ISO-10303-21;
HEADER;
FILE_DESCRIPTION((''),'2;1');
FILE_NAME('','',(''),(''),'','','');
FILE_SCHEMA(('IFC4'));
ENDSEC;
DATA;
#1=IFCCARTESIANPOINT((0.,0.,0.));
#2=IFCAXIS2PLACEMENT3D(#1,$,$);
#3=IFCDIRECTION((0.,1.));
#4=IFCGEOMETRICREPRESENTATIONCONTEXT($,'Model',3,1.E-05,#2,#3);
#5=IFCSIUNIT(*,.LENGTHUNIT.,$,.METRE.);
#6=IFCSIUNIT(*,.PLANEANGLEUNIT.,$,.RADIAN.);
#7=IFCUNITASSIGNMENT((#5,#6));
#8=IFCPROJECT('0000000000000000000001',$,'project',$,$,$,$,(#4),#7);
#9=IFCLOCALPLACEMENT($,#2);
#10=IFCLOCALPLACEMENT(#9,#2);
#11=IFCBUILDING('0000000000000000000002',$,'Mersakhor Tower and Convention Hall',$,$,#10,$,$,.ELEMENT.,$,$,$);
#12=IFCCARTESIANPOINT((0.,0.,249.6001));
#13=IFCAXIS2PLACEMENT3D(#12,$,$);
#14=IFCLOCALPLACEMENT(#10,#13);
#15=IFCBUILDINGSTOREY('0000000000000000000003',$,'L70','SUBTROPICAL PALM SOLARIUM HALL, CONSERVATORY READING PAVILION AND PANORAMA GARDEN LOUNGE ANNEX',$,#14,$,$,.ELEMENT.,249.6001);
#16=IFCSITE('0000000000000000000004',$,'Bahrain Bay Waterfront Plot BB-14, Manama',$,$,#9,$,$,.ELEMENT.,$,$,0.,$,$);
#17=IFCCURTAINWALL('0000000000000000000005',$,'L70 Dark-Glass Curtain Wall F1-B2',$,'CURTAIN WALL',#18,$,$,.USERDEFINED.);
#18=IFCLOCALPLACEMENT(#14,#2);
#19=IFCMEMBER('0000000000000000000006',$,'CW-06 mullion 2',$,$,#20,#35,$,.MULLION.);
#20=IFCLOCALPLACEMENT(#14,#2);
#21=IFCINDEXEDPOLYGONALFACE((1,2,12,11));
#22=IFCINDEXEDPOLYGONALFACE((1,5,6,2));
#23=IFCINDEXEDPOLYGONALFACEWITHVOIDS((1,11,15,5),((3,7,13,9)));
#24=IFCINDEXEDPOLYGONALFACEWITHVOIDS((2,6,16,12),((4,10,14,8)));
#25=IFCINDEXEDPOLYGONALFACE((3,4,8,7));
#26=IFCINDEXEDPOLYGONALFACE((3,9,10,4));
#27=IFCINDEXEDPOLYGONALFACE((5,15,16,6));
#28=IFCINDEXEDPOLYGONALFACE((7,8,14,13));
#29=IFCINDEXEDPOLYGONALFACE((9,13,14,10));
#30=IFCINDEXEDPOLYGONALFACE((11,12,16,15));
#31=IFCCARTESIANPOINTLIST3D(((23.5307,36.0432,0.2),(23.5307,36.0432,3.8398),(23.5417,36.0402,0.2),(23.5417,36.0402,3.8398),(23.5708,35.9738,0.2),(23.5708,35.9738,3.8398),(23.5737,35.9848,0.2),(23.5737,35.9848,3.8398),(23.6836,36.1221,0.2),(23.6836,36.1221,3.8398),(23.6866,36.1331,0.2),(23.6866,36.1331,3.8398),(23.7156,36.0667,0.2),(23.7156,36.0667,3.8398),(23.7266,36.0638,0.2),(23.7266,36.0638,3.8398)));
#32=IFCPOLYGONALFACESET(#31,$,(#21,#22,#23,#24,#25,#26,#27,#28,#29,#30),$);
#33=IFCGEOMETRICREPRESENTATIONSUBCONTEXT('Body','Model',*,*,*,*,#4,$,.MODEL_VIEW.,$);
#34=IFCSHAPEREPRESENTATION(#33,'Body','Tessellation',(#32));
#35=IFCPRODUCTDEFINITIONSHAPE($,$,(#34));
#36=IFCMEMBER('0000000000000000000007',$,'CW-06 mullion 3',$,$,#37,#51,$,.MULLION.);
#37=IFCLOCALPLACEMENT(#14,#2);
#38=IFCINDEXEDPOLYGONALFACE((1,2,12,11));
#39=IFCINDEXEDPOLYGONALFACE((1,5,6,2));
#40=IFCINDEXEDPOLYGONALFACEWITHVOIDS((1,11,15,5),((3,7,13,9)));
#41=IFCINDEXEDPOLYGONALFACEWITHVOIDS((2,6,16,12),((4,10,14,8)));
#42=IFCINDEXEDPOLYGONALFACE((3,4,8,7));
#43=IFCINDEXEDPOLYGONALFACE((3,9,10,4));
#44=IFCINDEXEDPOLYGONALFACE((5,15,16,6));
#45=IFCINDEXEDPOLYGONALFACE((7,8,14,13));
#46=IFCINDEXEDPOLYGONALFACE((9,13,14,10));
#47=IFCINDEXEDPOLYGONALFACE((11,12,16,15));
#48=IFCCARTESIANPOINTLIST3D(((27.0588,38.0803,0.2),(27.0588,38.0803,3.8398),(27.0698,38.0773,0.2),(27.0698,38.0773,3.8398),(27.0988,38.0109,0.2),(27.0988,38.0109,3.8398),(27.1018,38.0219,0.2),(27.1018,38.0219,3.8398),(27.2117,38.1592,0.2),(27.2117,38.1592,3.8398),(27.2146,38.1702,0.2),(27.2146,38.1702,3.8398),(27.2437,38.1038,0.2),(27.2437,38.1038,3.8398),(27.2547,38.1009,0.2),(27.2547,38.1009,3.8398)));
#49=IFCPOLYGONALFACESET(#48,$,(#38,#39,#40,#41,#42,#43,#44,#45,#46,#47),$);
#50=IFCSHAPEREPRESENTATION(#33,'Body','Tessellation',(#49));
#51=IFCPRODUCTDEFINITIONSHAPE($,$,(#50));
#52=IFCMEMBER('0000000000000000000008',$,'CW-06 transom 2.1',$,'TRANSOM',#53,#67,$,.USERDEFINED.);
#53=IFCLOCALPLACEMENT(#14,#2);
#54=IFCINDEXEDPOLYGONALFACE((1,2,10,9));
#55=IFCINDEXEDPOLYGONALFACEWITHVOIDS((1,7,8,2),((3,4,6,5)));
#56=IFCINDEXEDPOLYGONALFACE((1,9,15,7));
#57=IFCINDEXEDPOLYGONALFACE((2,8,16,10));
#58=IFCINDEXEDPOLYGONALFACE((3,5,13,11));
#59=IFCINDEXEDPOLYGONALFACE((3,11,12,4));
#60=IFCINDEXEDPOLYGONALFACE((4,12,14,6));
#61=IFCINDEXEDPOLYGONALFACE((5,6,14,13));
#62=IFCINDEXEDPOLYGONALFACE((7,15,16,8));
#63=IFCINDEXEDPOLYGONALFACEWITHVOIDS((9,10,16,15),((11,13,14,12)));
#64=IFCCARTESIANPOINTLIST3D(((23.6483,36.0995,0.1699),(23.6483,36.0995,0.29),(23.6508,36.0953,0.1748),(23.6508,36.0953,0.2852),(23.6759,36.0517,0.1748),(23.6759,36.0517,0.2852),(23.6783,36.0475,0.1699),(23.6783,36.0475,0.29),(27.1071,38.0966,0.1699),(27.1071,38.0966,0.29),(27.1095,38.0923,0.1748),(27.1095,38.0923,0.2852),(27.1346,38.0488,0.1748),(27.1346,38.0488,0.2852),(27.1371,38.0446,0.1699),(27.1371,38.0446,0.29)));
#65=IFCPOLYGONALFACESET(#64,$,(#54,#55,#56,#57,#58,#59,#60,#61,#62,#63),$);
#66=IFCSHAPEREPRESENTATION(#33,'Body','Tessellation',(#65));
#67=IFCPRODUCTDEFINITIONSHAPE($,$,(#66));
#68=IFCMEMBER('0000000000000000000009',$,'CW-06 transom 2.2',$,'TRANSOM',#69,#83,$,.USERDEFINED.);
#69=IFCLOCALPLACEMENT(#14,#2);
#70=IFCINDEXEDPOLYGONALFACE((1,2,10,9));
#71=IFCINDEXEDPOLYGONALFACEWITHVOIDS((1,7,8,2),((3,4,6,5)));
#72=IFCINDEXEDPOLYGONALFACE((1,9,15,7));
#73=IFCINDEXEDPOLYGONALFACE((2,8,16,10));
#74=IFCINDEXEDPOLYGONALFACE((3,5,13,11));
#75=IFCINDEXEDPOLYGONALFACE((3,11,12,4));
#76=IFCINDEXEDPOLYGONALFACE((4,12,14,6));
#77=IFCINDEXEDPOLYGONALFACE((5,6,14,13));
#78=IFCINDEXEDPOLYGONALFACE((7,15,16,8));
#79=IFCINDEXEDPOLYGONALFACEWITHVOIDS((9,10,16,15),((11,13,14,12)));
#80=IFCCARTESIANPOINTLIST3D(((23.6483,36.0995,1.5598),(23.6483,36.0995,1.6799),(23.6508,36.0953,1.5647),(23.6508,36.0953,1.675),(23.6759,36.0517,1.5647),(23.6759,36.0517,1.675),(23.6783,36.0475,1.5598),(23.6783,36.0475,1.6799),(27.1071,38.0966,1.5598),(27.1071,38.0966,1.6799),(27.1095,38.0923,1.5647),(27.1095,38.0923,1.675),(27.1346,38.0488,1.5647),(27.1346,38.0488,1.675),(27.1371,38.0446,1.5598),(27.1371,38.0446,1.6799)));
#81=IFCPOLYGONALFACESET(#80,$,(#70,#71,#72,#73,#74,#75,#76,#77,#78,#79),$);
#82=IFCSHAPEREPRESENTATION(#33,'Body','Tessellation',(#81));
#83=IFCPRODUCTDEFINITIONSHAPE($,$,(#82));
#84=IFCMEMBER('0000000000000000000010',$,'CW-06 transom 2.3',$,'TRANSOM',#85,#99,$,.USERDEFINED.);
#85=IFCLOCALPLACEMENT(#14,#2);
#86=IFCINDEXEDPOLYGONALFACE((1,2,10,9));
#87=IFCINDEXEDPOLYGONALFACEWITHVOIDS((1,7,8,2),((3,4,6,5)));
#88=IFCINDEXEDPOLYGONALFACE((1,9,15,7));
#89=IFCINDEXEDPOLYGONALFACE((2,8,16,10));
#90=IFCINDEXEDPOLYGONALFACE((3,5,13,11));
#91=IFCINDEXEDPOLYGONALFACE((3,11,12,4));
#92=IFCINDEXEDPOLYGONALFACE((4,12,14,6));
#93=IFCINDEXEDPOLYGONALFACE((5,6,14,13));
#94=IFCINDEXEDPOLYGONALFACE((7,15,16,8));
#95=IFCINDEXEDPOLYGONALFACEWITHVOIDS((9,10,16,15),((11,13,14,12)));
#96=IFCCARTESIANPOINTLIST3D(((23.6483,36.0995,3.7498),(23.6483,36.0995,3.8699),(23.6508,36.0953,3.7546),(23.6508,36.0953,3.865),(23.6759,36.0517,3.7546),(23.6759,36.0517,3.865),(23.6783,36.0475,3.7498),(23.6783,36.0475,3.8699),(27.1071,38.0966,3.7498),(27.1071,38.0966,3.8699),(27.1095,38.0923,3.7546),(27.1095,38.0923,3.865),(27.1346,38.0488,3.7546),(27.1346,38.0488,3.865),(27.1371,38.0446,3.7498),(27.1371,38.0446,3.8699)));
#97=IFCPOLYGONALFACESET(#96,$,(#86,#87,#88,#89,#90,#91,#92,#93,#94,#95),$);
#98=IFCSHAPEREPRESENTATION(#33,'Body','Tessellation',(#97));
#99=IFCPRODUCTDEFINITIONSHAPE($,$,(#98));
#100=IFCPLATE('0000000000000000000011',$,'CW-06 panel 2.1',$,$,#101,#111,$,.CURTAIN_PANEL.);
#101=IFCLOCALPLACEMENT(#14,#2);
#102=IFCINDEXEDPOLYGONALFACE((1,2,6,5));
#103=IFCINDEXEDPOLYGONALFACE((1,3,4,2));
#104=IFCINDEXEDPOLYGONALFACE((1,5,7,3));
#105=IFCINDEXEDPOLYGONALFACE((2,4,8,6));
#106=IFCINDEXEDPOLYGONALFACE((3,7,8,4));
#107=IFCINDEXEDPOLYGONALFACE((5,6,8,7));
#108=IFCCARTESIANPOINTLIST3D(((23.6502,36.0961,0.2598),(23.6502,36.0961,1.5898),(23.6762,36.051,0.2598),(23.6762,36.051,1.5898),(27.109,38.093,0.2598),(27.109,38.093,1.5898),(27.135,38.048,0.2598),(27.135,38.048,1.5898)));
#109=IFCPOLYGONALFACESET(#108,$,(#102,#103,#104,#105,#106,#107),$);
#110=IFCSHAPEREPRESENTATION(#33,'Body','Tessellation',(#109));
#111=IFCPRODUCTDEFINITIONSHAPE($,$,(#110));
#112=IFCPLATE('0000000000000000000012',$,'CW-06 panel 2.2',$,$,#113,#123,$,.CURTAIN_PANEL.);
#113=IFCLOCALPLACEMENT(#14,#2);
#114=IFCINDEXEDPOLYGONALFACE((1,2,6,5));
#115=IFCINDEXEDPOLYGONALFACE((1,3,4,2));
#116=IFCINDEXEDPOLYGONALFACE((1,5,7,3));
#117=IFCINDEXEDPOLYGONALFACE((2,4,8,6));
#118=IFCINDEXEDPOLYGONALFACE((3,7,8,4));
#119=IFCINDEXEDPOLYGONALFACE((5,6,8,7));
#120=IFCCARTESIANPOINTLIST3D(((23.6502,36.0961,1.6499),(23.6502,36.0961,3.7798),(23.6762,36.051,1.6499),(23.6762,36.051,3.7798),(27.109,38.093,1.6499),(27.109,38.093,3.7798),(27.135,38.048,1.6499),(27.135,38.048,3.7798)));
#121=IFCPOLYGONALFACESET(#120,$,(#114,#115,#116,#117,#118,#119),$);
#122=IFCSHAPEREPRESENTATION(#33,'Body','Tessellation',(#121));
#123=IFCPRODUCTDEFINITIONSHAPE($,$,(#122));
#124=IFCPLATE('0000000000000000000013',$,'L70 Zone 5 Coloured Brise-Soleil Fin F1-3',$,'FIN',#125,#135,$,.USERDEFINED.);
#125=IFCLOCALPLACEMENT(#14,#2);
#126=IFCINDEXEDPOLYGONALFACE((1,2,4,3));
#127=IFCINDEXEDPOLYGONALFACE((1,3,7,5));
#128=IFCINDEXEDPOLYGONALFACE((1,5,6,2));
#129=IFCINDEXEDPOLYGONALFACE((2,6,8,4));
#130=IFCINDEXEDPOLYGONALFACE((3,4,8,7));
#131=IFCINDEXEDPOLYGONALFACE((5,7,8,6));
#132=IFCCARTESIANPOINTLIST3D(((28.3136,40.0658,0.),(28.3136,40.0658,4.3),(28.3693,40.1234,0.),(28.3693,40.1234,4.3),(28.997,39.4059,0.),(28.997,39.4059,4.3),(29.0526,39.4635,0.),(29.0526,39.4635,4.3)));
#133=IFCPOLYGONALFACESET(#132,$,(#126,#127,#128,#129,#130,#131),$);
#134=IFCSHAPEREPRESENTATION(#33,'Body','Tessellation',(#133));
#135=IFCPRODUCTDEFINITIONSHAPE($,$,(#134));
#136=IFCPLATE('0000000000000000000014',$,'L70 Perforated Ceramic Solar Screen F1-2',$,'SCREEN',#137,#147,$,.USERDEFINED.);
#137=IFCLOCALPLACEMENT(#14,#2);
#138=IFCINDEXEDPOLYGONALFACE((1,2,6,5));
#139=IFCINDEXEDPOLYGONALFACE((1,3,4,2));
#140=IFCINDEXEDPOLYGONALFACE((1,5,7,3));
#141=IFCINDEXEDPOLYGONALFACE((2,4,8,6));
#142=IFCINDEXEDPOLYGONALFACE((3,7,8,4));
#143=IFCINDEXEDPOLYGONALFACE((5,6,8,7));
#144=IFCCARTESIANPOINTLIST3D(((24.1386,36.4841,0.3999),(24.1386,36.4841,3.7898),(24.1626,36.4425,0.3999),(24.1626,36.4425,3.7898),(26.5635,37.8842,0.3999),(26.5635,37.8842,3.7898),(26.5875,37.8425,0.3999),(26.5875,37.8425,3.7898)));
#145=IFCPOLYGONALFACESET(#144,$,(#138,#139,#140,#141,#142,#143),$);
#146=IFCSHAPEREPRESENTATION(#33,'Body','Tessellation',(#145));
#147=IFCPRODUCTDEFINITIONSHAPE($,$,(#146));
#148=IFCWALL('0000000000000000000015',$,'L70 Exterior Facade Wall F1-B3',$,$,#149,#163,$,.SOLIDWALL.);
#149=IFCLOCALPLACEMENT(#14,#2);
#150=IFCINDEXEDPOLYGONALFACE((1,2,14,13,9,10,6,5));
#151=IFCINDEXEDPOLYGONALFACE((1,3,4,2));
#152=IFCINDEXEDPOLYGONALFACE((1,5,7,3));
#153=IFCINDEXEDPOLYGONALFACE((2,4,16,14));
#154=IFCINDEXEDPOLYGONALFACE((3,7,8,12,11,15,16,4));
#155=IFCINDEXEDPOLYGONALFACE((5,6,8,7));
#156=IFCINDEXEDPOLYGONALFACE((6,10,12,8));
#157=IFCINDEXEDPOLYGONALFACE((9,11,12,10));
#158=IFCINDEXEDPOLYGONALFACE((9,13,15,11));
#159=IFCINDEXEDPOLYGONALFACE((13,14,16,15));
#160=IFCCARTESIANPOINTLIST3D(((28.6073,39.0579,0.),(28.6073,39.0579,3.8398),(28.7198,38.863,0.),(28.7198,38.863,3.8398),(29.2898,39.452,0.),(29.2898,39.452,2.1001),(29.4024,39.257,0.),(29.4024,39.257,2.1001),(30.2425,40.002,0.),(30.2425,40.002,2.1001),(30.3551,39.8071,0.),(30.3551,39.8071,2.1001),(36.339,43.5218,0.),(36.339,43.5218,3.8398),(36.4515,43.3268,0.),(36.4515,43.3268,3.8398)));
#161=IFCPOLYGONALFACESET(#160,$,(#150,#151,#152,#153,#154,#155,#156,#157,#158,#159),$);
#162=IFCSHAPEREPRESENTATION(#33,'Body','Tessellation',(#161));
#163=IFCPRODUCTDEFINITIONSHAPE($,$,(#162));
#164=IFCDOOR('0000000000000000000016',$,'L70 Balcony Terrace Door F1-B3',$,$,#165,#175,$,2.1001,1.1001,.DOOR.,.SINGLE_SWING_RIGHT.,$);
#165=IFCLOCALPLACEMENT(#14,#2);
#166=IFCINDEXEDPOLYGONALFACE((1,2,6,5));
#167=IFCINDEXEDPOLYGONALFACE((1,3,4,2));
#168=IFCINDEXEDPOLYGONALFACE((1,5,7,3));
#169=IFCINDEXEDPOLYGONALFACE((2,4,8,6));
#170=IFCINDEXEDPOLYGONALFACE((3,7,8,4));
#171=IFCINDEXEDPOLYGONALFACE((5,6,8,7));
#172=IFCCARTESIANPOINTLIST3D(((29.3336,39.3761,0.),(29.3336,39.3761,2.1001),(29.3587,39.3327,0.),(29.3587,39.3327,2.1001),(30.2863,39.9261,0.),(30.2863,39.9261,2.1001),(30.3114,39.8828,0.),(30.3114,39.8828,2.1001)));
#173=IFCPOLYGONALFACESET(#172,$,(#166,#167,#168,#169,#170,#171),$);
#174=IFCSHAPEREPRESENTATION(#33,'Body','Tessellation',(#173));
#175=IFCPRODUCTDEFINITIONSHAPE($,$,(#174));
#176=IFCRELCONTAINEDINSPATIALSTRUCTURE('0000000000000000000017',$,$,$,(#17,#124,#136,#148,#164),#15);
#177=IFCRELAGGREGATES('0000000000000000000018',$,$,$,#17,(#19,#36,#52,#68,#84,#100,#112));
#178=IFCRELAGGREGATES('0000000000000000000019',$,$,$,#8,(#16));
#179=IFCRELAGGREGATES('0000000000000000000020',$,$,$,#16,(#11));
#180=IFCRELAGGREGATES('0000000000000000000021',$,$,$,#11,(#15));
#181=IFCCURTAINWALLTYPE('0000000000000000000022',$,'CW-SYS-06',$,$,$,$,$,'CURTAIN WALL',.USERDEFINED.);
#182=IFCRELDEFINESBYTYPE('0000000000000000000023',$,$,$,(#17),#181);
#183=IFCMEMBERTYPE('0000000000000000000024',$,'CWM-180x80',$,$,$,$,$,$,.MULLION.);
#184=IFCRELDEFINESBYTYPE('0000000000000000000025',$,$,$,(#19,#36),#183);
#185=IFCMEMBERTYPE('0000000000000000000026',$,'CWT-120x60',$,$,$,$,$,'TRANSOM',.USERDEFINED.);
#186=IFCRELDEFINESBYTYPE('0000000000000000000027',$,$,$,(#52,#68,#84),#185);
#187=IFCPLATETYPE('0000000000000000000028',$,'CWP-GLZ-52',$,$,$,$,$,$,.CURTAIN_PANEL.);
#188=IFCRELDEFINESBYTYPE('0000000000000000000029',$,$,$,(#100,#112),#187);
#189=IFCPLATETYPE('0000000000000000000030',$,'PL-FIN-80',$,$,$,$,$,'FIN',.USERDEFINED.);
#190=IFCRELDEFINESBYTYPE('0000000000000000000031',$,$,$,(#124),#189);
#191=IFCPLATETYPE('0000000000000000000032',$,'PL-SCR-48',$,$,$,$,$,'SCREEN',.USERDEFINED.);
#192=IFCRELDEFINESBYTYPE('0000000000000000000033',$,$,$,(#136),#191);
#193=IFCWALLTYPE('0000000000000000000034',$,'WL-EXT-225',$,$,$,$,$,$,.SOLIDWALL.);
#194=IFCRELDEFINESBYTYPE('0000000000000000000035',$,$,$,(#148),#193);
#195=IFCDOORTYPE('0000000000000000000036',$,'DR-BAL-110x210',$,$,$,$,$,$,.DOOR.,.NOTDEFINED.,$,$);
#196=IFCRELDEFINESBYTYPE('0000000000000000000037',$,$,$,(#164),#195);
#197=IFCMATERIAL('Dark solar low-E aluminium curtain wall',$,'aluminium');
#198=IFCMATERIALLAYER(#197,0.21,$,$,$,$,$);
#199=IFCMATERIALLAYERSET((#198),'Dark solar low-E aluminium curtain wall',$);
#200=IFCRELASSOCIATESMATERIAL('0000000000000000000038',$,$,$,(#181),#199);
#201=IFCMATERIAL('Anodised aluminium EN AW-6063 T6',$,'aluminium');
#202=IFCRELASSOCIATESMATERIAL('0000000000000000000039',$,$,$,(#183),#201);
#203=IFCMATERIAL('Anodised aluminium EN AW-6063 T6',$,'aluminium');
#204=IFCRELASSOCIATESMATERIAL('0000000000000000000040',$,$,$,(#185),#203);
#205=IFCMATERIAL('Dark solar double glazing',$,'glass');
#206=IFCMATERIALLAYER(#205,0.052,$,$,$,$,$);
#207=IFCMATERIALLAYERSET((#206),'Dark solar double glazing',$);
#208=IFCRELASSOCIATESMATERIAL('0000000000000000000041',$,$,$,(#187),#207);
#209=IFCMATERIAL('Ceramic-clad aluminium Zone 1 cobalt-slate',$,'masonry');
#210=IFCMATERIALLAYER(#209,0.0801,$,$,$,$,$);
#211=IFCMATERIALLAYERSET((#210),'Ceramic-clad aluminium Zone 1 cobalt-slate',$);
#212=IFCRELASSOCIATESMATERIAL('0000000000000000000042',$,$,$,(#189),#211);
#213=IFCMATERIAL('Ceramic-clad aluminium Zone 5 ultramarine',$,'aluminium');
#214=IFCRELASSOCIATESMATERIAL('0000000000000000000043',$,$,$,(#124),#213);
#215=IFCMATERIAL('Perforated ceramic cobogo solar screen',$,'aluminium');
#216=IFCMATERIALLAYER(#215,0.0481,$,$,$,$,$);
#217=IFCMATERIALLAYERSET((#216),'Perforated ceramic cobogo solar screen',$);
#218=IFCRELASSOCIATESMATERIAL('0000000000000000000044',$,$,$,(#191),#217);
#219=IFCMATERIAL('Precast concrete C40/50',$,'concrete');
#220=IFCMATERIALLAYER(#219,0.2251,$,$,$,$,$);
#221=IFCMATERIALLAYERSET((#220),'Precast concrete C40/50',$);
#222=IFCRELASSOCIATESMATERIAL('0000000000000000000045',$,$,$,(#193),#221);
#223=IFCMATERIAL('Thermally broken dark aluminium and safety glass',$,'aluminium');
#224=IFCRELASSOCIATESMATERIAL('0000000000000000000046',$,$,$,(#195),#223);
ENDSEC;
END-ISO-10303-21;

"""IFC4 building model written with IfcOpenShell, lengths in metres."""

from ifc_helpers import new_model, si_unit, direction, frame, frame_2d, origin, origin_2d, place, context, subcontext, project, spatial, rectangle, hollow_rectangle, extrude, material, layer, layer_set, material_profile, profile_set, type_object, element, fill, aggregate, save


model = new_model("IFC4")

# Units and contexts
model_context = context("Model", 3, precision=1e-05, world=origin(), true_north=direction((0.0, 1.0)))
body_context = subcontext(model_context, "Body", "Model", "MODEL_VIEW")
ifc_project = project(units=[si_unit("LENGTHUNIT", "METRE"), si_unit("PLANEANGLEUNIT", "RADIAN")], contexts=[model_context])

# Site, building, storey
site_placement = place(None, origin())
site = spatial("IfcSite", under=ifc_project, at=site_placement, Name="Bahrain Bay Waterfront Plot BB-14, Manama", CompositionType="ELEMENT", RefElevation=0.0)
building_placement = place(site_placement, origin())
building = spatial("IfcBuilding", under=site, at=building_placement, Name="Mersakhor Tower and Convention Hall", CompositionType="ELEMENT")
storey_placement = place(building_placement, frame((0.0, 0.0, 249.6001)))
storey = spatial("IfcBuildingStorey", under=building, at=storey_placement, Name="L70", Description="SUBTROPICAL PALM SOLARIUM HALL, CONSERVATORY READING PAVILION AND PANORAMA GARDEN LOUNGE ANNEX", CompositionType="ELEMENT", Elevation=249.6001)

# Curtain wall, members, plates
ifc_material_1 = material(Name="Dark solar low-E aluminium curtain wall", Category="aluminium")
ifc_layer_1 = layer(ifc_material_1, 0.21)
ifc_layer_set_1 = layer_set([ifc_layer_1], Name="Dark solar low-E aluminium curtain wall")
curtain_wall_type = type_object("IfcCurtainWallType", Name="CW-SYS-06", ElementType="CURTAIN WALL", PredefinedType="USERDEFINED", material=ifc_layer_set_1)
curtain_wall_placement = place(storey_placement, origin())
curtain_wall = element("IfcCurtainWall", 1, at=curtain_wall_placement, inside=storey, type_object=curtain_wall_type, Name="L70 Dark-Glass Curtain Wall F1-B2", ObjectType="CURTAIN WALL", PredefinedType="USERDEFINED")
ifc_material_2 = material(Name="Anodised aluminium EN AW-6063 T6", Category="aluminium")
ifc_material_profile_1 = material_profile(ifc_material_2, hollow_rectangle(XDim=0.0801, YDim=0.1799, WallThickness=0.0081, at=origin_2d()), Name="RHS 180x80x8")
ifc_profile_set_1 = profile_set([ifc_material_profile_1], Name="Anodised aluminium EN AW-6063 T6")
member_type_1 = type_object("IfcMemberType", Name="CWM-180x80", PredefinedType="MULLION", material=ifc_profile_set_1)
member_1_placement = place(storey_placement, frame((23.6287, 36.0535, 0.2), z_axis=(0.0, 0.0, 1.0), x_axis=(-0.500004, 0.866023, 0.0)))
member_1 = element("IfcMember", 2, at=member_1_placement, type_object=member_type_1, Name="CW-06 mullion 2", PredefinedType="MULLION", context=body_context, shape_type="SweptSolid", body=[
    extrude(hollow_rectangle(XDim=0.0801, YDim=0.1799, WallThickness=0.0081, at=origin_2d()), origin(), (0.0, 0.0, 1.0), 3.6399),
])
member_2_placement = place(storey_placement, frame((27.1567, 38.0906, 0.2), z_axis=(0.0, 0.0, 1.0), x_axis=(-0.500004, 0.866023, 0.0)))
member_2 = element("IfcMember", 3, at=member_2_placement, type_object=member_type_1, Name="CW-06 mullion 3", PredefinedType="MULLION", context=body_context, shape_type="SweptSolid", body=[
    extrude(hollow_rectangle(XDim=0.0801, YDim=0.1799, WallThickness=0.0081, at=origin_2d()), origin(), (0.0, 0.0, 1.0), 3.6399),
])
ifc_material_3 = material(Name="Anodised aluminium EN AW-6063 T6", Category="aluminium")
ifc_material_profile_2 = material_profile(ifc_material_3, hollow_rectangle(XDim=0.0601, YDim=0.1201, WallThickness=0.0049, at=origin_2d()), Name="RHS 120x60x5")
ifc_profile_set_2 = profile_set([ifc_material_profile_2], Name="Anodised aluminium EN AW-6063 T6")
member_type_2 = type_object("IfcMemberType", Name="CWT-120x60", ElementType="TRANSOM", PredefinedType="USERDEFINED", material=ifc_profile_set_2)
member_3_placement = place(storey_placement, frame((23.6633, 36.0735, 0.23), z_axis=(0.866007, 0.500031, 0.0), x_axis=(-0.500031, 0.866007, 0.0)))
member_3 = element("IfcMember", 4, at=member_3_placement, type_object=member_type_2, Name="CW-06 transom 2.1", ObjectType="TRANSOM", PredefinedType="USERDEFINED", context=body_context, shape_type="SweptSolid", body=[
    extrude(hollow_rectangle(XDim=0.0601, YDim=0.1201, WallThickness=0.0049, at=origin_2d()), origin(), (0.0, 0.0, 1.0), 3.9939),
])
member_4_placement = place(storey_placement, frame((23.6633, 36.0735, 1.6199), z_axis=(0.866007, 0.500031, 0.0), x_axis=(-0.500031, 0.866007, 0.0)))
member_4 = element("IfcMember", 5, at=member_4_placement, type_object=member_type_2, Name="CW-06 transom 2.2", ObjectType="TRANSOM", PredefinedType="USERDEFINED", context=body_context, shape_type="SweptSolid", body=[
    extrude(hollow_rectangle(XDim=0.0601, YDim=0.1201, WallThickness=0.0049, at=origin_2d()), origin(), (0.0, 0.0, 1.0), 3.9939),
])
member_5_placement = place(storey_placement, frame((23.6633, 36.0735, 3.8098), z_axis=(0.866007, 0.500031, 0.0), x_axis=(-0.500031, 0.866007, 0.0)))
member_5 = element("IfcMember", 6, at=member_5_placement, type_object=member_type_2, Name="CW-06 transom 2.3", ObjectType="TRANSOM", PredefinedType="USERDEFINED", context=body_context, shape_type="SweptSolid", body=[
    extrude(hollow_rectangle(XDim=0.0601, YDim=0.1201, WallThickness=0.0049, at=origin_2d()), origin(), (0.0, 0.0, 1.0), 3.9939),
])
ifc_material_4 = material(Name="Dark solar double glazing", Category="glass")
ifc_layer_2 = layer(ifc_material_4, 0.052)
ifc_layer_set_2 = layer_set([ifc_layer_2], Name="Dark solar double glazing")
plate_type_1 = type_object("IfcPlateType", Name="CWP-GLZ-52", PredefinedType="CURTAIN_PANEL", material=ifc_layer_set_2)
plate_1_placement = place(storey_placement, frame((25.3926, 37.072, 0.2598), z_axis=(0.0, 0.0, 1.0), x_axis=(0.866023, 0.500004, 0.0)))
plate_1 = element("IfcPlate", 7, at=plate_1_placement, type_object=plate_type_1, Name="CW-06 panel 2.1", PredefinedType="CURTAIN_PANEL", context=body_context, shape_type="SweptSolid", body=[
    extrude(rectangle(XDim=3.9939, YDim=0.052, at=origin_2d()), origin(), (0.0, 0.0, 1.0), 1.3301),
])
plate_2_placement = place(storey_placement, frame((25.3926, 37.072, 1.6499), z_axis=(0.0, 0.0, 1.0), x_axis=(0.866023, 0.500004, 0.0)))
plate_2 = element("IfcPlate", 8, at=plate_2_placement, type_object=plate_type_1, Name="CW-06 panel 2.2", PredefinedType="CURTAIN_PANEL", context=body_context, shape_type="SweptSolid", body=[
    extrude(rectangle(XDim=3.9939, YDim=0.052, at=origin_2d()), origin(), (0.0, 0.0, 1.0), 2.1299),
])
aggregate(curtain_wall, [member_1, member_2, member_3, member_4, member_5, plate_1, plate_2])

# Plates
ifc_material_5 = material(Name="Ceramic-clad aluminium Zone 5 ultramarine", Category="aluminium")
ifc_material_6 = material(Name="Ceramic-clad aluminium Zone 1 cobalt-slate", Category="masonry")
ifc_layer_3 = layer(ifc_material_6, 0.0801)
ifc_layer_set_3 = layer_set([ifc_layer_3], Name="Ceramic-clad aluminium Zone 1 cobalt-slate")
plate_type_2 = type_object("IfcPlateType", Name="PL-FIN-80", ElementType="FIN", PredefinedType="USERDEFINED", material=ifc_layer_set_3)
plate_3_placement = place(storey_placement, frame((28.6831, 39.7646, 0.0), z_axis=(0.0, 0.0, 1.0), x_axis=(-0.71934, 0.694658, 0.0)))
element("IfcPlate", 9, at=plate_3_placement, inside=storey, type_object=plate_type_2, material=ifc_material_5, Name="L70 Zone 5 Coloured Brise-Soleil Fin F1-3", ObjectType="FIN", PredefinedType="USERDEFINED", context=body_context, shape_type="SweptSolid", body=[
    extrude(rectangle(XDim=0.95, YDim=0.0801, at=origin_2d()), origin(), (0.0, 0.0, 1.0), 4.3),
])
ifc_material_7 = material(Name="Perforated ceramic cobogo solar screen", Category="aluminium")
ifc_layer_4 = layer(ifc_material_7, 0.0481)
ifc_layer_set_4 = layer_set([ifc_layer_4], Name="Perforated ceramic cobogo solar screen")
plate_type_3 = type_object("IfcPlateType", Name="PL-SCR-48", ElementType="SCREEN", PredefinedType="USERDEFINED", material=ifc_layer_set_4)
plate_4_placement = place(storey_placement, frame((25.363, 37.1633, 0.3999), z_axis=(0.0, 0.0, 1.0), x_axis=(0.866025, 0.5, 0.0)))
element("IfcPlate", 10, at=plate_4_placement, inside=storey, type_object=plate_type_3, Name="L70 Perforated Ceramic Solar Screen F1-2", ObjectType="SCREEN", PredefinedType="USERDEFINED", context=body_context, shape_type="SweptSolid", body=[
    extrude(rectangle(XDim=2.8, YDim=0.0481, at=origin_2d()), origin(), (0.0, 0.0, 1.0), 3.3899),
])

# Wall, opening, door
ifc_material_8 = material(Name="Precast concrete C40/50", Category="concrete")
ifc_layer_5 = layer(ifc_material_8, 0.2251)
ifc_layer_set_5 = layer_set([ifc_layer_5], Name="Precast concrete C40/50")
wall_type_1 = type_object("IfcWallType", Name="WL-EXT-225", PredefinedType="SOLIDWALL", material=ifc_layer_set_5)
wall_1_placement = place(storey_placement, frame((28.6636, 38.9604, 0.0), z_axis=(0.0, 0.0, 1.0), x_axis=(0.866027, 0.499998, 0.0)))
wall_1 = element("IfcWall", 11, at=wall_1_placement, inside=storey, type_object=wall_type_1, Name="L70 Exterior Facade Wall F1-B3", PredefinedType="SOLIDWALL", context=body_context, shape_type="SweptSolid", body=[
    extrude(rectangle(XDim=8.9277, YDim=0.2251, at=frame_2d((4.4639, 0.0))), origin(), (0.0, 0.0, 1.0), 3.8398),
])
opening_1_placement = place(wall_1_placement, frame((0.7881, 0.0, 0.0)))
opening_1 = element("IfcOpeningElement", 12, at=opening_1_placement, cuts=wall_1, PredefinedType="OPENING", context=body_context, shape_type="SweptSolid", body=[
    extrude(rectangle(XDim=1.1001, YDim=2.1001, at=frame_2d((0.55, 1.05))), frame((0.0, 0.1226, 0.0), z_axis=(0.0, -1.0, 0.0), x_axis=(1.0, 0.0, 0.0)), (0.0, 0.0, 1.0), 0.2451),
])
ifc_material_9 = material(Name="Thermally broken dark aluminium and safety glass", Category="aluminium")
door_type_1 = type_object("IfcDoorType", Name="DR-BAL-110x210", OperationType="NOTDEFINED", PredefinedType="DOOR", material=ifc_material_9)
door_1_placement = place(opening_1_placement, origin())
door_1 = element("IfcDoor", 13, at=door_1_placement, inside=storey, type_object=door_type_1, Name="L70 Balcony Terrace Door F1-B3", OperationType="SINGLE_SWING_RIGHT", OverallHeight=2.1001, OverallWidth=1.1001, PredefinedType="DOOR", context=body_context, shape_type="SweptSolid", body=[
    extrude(rectangle(XDim=1.1001, YDim=2.1001, at=frame_2d((0.55, 1.05))), frame((0.0, 0.0249, 0.0), z_axis=(0.0, -1.0, 0.0), x_axis=(1.0, 0.0, 0.0)), (0.0, 0.0, 1.0), 0.05),
])
fill(opening_1, door_1)

save(model, "model.ifc")
